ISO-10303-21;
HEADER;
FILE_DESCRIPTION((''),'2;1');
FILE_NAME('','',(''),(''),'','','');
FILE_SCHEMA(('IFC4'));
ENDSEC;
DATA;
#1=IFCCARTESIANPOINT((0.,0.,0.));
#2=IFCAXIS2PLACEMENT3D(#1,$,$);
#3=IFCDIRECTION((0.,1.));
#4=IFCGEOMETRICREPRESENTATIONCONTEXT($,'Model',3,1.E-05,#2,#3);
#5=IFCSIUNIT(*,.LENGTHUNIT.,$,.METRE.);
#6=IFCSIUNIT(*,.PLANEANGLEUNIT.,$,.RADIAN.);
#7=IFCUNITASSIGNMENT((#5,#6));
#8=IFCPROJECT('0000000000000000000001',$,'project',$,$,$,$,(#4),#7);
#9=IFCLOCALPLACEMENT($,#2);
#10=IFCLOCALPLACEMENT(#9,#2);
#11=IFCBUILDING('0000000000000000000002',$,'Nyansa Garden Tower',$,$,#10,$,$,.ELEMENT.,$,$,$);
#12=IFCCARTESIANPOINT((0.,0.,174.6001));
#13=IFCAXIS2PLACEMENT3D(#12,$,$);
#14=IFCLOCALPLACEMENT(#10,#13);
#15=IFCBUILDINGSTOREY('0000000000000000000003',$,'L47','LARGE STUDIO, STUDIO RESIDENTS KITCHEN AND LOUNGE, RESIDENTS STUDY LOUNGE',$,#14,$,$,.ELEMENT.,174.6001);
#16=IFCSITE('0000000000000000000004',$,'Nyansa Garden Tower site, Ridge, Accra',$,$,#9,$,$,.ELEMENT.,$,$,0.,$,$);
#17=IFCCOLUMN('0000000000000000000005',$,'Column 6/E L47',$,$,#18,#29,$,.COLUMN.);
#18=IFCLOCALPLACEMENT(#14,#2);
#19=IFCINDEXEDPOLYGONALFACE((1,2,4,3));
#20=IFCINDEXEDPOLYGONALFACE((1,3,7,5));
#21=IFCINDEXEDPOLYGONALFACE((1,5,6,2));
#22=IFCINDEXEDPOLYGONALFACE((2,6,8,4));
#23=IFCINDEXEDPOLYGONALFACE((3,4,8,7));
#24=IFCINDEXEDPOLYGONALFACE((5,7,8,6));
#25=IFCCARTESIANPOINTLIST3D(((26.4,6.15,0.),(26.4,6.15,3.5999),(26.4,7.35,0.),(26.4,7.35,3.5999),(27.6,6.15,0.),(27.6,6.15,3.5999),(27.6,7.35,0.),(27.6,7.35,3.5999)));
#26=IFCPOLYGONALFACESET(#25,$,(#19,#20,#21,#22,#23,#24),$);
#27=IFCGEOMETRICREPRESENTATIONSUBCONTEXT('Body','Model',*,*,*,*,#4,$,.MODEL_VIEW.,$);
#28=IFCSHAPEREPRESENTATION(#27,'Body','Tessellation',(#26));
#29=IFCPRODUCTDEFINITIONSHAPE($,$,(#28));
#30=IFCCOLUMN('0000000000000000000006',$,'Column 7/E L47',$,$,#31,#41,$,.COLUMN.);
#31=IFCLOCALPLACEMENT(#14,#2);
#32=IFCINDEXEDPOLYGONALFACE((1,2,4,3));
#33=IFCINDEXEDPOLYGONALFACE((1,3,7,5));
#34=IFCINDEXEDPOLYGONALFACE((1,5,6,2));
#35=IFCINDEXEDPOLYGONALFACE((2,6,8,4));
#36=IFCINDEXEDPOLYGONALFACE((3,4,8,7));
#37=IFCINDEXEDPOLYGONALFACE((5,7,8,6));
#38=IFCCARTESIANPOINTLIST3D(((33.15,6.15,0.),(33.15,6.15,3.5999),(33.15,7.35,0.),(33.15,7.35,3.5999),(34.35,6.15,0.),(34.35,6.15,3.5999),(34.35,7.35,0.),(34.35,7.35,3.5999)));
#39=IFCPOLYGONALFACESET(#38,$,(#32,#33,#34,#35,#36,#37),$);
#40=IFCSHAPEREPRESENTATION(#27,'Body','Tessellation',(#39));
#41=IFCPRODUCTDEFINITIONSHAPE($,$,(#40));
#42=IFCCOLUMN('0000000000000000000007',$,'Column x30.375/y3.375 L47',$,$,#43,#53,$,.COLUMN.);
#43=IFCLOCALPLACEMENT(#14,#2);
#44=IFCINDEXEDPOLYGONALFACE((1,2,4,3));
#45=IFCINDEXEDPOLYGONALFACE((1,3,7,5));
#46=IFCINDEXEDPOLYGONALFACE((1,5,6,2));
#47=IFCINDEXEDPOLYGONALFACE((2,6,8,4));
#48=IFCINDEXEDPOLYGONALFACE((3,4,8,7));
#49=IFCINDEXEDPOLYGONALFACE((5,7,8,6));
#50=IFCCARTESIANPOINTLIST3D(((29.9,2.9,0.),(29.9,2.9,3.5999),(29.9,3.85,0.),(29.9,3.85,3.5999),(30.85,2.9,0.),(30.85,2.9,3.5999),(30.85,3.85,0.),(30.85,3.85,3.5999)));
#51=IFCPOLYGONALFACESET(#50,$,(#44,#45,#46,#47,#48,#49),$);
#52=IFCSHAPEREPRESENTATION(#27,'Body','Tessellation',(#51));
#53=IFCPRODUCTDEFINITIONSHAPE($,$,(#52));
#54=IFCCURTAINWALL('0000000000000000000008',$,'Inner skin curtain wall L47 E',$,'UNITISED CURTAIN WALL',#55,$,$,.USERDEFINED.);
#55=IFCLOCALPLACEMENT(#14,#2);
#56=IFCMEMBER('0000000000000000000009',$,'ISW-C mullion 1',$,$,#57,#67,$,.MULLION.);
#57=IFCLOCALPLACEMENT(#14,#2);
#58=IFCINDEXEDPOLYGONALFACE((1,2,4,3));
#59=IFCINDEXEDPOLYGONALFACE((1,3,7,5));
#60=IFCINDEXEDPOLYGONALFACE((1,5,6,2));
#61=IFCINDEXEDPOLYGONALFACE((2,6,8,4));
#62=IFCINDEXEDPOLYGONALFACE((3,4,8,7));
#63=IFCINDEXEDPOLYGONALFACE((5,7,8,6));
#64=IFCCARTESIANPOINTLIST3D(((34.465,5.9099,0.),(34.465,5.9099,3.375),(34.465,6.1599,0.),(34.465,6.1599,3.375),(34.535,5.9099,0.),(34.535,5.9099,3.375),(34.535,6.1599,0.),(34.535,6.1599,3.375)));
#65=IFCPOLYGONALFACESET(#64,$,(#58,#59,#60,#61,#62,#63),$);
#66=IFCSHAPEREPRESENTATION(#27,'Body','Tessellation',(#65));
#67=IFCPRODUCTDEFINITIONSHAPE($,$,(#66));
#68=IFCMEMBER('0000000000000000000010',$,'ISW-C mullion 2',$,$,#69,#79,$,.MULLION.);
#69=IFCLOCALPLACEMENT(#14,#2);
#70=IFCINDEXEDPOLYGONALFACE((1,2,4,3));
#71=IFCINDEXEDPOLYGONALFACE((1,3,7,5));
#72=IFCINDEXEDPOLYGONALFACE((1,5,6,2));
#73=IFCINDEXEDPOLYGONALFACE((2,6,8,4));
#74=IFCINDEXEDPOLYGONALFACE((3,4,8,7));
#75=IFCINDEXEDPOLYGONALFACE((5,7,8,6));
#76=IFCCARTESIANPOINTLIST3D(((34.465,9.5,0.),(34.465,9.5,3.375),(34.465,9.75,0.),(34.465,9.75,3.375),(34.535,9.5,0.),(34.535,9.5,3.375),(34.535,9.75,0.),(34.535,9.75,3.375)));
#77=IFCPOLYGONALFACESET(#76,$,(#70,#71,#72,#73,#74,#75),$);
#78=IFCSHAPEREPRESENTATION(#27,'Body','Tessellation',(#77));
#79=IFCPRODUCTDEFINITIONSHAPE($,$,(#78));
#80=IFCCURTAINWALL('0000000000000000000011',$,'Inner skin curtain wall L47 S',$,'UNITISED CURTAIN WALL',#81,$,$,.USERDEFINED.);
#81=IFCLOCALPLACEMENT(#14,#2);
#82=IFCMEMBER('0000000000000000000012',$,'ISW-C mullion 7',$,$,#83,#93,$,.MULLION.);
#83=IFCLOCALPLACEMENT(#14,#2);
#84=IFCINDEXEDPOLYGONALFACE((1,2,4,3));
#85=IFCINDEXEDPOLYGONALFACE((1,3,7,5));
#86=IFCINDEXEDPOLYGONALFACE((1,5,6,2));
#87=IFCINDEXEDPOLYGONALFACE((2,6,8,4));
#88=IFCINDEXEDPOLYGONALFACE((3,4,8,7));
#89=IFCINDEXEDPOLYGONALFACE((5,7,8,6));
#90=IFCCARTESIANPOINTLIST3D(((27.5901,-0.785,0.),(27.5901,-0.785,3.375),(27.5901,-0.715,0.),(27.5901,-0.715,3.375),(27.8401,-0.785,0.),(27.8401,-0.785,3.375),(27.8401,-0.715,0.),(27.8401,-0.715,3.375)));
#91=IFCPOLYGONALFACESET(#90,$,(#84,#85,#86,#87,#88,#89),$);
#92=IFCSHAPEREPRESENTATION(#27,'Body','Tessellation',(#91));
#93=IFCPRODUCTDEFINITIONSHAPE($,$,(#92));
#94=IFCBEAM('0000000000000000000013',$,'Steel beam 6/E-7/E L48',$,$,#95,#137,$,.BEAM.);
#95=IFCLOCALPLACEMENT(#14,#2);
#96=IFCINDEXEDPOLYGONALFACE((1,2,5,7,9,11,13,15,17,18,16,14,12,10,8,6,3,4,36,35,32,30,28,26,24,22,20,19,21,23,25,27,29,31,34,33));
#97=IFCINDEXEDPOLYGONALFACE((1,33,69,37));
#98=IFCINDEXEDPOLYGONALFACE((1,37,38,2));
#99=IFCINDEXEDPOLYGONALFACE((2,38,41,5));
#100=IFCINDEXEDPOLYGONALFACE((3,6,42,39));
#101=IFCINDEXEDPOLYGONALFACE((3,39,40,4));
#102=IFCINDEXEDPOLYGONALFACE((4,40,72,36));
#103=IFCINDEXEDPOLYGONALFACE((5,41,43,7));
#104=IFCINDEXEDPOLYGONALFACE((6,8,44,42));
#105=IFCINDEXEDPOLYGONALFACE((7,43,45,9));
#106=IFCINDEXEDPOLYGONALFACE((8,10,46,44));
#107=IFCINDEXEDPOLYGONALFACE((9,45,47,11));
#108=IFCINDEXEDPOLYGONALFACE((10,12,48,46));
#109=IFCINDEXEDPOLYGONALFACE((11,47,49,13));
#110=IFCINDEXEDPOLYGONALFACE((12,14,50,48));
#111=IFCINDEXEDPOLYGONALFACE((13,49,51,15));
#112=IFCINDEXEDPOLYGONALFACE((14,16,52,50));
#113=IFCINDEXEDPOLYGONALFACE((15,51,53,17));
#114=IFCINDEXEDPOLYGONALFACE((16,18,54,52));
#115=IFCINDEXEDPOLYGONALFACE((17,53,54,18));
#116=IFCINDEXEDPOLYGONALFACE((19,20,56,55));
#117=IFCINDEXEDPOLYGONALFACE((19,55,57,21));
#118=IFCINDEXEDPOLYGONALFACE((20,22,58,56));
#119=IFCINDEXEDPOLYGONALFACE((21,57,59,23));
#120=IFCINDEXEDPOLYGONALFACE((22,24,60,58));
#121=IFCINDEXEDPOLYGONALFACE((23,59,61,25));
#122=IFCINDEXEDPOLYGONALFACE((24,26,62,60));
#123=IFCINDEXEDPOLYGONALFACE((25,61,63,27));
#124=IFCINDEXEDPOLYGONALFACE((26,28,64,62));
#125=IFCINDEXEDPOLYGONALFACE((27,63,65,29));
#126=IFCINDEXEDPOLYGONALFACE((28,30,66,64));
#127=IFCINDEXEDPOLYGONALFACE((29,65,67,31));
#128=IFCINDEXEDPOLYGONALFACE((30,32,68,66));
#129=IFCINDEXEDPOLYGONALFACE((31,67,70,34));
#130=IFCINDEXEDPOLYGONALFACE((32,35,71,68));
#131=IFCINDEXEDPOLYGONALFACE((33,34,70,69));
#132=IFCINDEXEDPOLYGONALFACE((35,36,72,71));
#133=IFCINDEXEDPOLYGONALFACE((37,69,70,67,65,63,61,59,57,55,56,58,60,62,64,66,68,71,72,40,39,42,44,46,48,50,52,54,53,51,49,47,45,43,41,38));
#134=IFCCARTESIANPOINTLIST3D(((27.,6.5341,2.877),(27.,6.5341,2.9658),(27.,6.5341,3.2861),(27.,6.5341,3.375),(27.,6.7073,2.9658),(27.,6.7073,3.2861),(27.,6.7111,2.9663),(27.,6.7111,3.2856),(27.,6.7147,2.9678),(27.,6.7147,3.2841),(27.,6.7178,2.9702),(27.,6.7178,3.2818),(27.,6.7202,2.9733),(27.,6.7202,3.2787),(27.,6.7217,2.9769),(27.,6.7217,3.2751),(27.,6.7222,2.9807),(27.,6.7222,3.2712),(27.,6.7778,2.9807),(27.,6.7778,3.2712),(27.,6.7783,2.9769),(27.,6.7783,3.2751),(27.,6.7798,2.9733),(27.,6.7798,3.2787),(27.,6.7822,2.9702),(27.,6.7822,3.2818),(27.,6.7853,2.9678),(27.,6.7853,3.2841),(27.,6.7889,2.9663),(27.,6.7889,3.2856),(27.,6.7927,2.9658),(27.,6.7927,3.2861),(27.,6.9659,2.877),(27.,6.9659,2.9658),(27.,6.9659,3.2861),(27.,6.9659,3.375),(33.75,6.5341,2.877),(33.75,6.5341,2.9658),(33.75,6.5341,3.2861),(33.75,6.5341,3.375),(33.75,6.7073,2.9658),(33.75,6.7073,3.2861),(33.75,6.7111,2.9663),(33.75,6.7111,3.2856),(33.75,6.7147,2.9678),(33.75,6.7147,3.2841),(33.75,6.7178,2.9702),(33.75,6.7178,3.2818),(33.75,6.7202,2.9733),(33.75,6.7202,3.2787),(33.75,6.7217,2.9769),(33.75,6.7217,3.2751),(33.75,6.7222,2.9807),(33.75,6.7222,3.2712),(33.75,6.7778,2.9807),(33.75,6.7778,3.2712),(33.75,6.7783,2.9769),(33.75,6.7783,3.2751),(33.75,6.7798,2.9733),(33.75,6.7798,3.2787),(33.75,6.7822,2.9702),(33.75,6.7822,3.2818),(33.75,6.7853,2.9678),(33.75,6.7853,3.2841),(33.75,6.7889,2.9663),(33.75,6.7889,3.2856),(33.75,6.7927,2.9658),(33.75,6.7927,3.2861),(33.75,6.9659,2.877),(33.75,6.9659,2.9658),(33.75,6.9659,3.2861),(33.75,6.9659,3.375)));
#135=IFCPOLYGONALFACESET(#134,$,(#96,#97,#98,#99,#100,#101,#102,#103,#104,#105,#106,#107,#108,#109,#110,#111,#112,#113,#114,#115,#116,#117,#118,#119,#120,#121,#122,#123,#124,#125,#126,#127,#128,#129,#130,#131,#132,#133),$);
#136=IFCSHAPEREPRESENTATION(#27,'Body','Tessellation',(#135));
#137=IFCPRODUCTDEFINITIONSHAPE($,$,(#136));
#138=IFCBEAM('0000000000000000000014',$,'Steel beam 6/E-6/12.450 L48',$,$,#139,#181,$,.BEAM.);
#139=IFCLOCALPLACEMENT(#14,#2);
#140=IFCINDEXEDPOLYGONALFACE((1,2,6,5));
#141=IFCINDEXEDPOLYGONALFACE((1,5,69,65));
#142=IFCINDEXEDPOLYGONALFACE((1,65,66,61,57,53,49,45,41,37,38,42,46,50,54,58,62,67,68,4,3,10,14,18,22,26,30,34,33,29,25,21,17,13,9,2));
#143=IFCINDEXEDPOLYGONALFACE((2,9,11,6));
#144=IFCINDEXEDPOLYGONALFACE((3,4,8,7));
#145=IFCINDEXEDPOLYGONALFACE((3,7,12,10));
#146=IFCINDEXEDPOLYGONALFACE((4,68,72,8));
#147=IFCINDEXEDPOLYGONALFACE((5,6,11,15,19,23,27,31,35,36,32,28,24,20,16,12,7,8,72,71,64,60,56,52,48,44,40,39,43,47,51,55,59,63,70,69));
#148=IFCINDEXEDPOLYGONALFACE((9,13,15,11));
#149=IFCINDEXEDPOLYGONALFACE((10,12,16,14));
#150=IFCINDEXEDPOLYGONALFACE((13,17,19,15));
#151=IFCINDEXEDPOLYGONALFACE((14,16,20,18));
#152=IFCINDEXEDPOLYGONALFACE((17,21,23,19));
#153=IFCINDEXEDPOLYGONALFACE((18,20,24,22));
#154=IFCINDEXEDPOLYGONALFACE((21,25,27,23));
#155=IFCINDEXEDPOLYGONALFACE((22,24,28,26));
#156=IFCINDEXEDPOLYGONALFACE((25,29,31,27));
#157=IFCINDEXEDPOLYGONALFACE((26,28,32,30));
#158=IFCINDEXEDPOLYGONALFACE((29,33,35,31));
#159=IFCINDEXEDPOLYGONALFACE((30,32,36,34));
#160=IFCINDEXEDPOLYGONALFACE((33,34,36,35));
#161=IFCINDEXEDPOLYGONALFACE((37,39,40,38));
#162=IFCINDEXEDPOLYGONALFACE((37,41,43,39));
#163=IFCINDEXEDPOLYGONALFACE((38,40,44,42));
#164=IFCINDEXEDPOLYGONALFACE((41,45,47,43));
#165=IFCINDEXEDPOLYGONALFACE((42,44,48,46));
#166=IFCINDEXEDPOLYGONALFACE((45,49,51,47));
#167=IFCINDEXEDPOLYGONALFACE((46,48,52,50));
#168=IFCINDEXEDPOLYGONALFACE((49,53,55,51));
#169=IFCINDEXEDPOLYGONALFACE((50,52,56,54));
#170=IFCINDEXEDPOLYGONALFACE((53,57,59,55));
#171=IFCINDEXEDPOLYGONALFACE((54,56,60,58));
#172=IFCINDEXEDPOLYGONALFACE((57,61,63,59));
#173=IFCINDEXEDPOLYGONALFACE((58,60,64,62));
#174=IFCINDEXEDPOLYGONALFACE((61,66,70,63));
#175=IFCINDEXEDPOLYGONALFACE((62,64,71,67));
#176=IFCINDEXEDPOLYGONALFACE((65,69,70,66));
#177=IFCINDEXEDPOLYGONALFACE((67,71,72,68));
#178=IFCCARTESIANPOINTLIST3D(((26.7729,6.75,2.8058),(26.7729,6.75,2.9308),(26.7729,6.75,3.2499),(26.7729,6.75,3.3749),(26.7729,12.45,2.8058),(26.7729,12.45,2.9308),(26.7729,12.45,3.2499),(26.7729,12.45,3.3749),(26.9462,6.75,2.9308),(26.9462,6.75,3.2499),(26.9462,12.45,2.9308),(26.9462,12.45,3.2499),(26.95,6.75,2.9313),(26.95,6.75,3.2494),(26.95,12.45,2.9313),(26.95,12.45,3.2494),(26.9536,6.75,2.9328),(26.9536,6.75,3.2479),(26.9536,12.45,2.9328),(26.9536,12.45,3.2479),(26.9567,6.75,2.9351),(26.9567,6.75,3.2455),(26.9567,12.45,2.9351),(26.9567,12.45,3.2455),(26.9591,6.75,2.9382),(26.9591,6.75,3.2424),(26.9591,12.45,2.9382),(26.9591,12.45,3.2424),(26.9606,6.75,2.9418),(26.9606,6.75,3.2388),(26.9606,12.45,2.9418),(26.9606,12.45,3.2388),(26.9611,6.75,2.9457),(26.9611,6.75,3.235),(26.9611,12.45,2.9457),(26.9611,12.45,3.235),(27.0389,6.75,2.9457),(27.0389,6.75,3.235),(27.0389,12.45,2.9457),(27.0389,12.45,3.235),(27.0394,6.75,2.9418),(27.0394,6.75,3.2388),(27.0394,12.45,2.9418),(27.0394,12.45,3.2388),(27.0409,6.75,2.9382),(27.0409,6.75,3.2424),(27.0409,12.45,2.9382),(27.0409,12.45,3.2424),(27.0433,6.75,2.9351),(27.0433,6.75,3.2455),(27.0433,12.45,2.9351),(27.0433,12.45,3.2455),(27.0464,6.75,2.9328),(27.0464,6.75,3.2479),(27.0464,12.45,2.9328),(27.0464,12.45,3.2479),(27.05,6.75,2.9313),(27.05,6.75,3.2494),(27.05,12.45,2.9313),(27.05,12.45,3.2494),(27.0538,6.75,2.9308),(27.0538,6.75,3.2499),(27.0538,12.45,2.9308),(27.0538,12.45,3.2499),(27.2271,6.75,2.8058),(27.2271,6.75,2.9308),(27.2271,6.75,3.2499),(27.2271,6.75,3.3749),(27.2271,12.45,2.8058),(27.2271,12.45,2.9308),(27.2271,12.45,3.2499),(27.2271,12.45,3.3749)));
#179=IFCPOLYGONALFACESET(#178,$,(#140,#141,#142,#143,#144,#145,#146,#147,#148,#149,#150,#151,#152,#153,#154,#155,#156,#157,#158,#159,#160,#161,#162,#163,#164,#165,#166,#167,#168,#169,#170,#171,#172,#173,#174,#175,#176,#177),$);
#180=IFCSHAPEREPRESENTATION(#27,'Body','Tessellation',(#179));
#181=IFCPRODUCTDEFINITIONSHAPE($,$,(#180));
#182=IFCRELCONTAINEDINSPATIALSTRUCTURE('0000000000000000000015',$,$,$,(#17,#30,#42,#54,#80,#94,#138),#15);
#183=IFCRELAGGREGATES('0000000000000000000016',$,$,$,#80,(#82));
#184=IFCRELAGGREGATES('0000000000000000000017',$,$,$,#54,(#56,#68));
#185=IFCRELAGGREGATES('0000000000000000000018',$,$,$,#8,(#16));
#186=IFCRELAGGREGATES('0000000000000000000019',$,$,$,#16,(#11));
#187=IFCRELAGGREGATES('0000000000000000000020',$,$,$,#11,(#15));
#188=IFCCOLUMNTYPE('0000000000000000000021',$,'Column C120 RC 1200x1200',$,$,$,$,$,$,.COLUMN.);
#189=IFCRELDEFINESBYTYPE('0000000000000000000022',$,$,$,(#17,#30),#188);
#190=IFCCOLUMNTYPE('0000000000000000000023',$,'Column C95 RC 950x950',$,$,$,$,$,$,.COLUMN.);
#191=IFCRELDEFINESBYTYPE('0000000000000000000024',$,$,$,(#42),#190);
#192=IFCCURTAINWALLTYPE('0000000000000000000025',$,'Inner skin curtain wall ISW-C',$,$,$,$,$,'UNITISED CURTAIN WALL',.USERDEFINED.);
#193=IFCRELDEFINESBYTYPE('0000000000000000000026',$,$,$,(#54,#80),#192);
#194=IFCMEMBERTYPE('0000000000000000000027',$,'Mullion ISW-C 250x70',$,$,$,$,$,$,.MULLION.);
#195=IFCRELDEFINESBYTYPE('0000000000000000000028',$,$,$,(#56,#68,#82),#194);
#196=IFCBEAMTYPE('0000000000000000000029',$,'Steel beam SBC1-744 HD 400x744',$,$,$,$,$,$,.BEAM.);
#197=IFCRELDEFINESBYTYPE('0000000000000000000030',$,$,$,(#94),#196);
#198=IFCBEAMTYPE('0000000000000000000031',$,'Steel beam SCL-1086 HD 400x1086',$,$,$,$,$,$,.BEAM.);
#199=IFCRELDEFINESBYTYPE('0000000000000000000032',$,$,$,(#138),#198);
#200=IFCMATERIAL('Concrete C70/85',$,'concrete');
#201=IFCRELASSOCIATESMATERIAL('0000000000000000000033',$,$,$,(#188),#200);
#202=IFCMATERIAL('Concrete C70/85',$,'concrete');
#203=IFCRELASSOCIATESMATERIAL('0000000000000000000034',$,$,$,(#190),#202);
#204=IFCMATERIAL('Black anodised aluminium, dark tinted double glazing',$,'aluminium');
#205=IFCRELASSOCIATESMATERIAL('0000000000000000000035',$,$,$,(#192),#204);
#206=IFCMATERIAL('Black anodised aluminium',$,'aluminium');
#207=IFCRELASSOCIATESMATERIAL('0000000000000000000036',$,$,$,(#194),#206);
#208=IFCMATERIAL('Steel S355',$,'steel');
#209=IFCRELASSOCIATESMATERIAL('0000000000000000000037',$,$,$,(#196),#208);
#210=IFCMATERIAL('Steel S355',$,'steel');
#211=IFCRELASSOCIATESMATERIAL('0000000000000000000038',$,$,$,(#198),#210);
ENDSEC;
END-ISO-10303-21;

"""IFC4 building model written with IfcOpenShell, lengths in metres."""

from ifc_helpers import new_model, si_unit, direction, frame, origin, origin_2d, place, context, subcontext, project, spatial, rectangle, i_section, extrude, material, material_profile, profile_set, type_object, element, aggregate, save


model = new_model("IFC4")

# Units and contexts
model_context = context("Model", 3, precision=1e-05, world=origin(), true_north=direction((0.0, 1.0)))
body_context = subcontext(model_context, "Body", "Model", "MODEL_VIEW")
ifc_project = project(units=[si_unit("LENGTHUNIT", "METRE"), si_unit("PLANEANGLEUNIT", "RADIAN")], contexts=[model_context])

# Site, building, storey
site_placement = place(None, origin())
site = spatial("IfcSite", under=ifc_project, at=site_placement, Name="Nyansa Garden Tower site, Ridge, Accra", CompositionType="ELEMENT", RefElevation=0.0)
building_placement = place(site_placement, origin())
building = spatial("IfcBuilding", under=site, at=building_placement, Name="Nyansa Garden Tower", CompositionType="ELEMENT")
storey_placement = place(building_placement, frame((0.0, 0.0, 174.6001)))
storey = spatial("IfcBuildingStorey", under=building, at=storey_placement, Name="L47", Description="LARGE STUDIO, STUDIO RESIDENTS KITCHEN AND LOUNGE, RESIDENTS STUDY LOUNGE", CompositionType="ELEMENT", Elevation=174.6001)

# Columns
ifc_material_1 = material(Name="Concrete C70/85", Category="concrete")
ifc_material_profile_1 = material_profile(ifc_material_1, rectangle(XDim=1.2, YDim=1.2, at=origin_2d()), Name="RC 1200x1200")
ifc_profile_set_1 = profile_set([ifc_material_profile_1], Name="Concrete C70/85")
column_type_1 = type_object("IfcColumnType", Name="Column C120 RC 1200x1200", PredefinedType="COLUMN", material=ifc_profile_set_1)
for number, where, z_axis, x_axis, name in (
    (1, (27.0, 6.75, 0.0), (0.0, 0.0, 1.0), (1.0, 0.0, 0.0), "Column 6/E L47"),
    (2, (33.75, 6.75, 0.0), (0.0, 0.0, 1.0), (1.0, 0.0, 0.0), "Column 7/E L47"),
):
    element("IfcColumn", number, at=place(storey_placement, frame(where, z_axis=z_axis, x_axis=x_axis)), inside=storey, type_object=column_type_1, Name=name, PredefinedType="COLUMN", context=body_context, shape_type="SweptSolid", body=[
        extrude(rectangle(XDim=1.2, YDim=1.2, at=origin_2d()), origin(), (0.0, 0.0, 1.0), 3.5999),
    ])
ifc_material_2 = material(Name="Concrete C70/85", Category="concrete")
ifc_material_profile_2 = material_profile(ifc_material_2, rectangle(XDim=0.95, YDim=0.95, at=origin_2d()), Name="RC 950x950")
ifc_profile_set_2 = profile_set([ifc_material_profile_2], Name="Concrete C70/85")
column_type_2 = type_object("IfcColumnType", Name="Column C95 RC 950x950", PredefinedType="COLUMN", material=ifc_profile_set_2)
column_placement = place(storey_placement, frame((30.375, 3.375, 0.0), z_axis=(0.0, 0.0, 1.0), x_axis=(1.0, 0.0, 0.0)))
element("IfcColumn", 3, at=column_placement, inside=storey, type_object=column_type_2, Name="Column x30.375/y3.375 L47", PredefinedType="COLUMN", context=body_context, shape_type="SweptSolid", body=[
    extrude(rectangle(XDim=0.95, YDim=0.95, at=origin_2d()), origin(), (0.0, 0.0, 1.0), 3.5999),
])

# Curtain wall, members
ifc_material_3 = material(Name="Black anodised aluminium, dark tinted double glazing", Category="aluminium")
curtain_wall_type = type_object("IfcCurtainWallType", Name="Inner skin curtain wall ISW-C", ElementType="UNITISED CURTAIN WALL", PredefinedType="USERDEFINED", material=ifc_material_3)
curtain_wall_1_placement = place(storey_placement, origin())
curtain_wall_1 = element("IfcCurtainWall", 4, at=curtain_wall_1_placement, inside=storey, type_object=curtain_wall_type, Name="Inner skin curtain wall L47 E", ObjectType="UNITISED CURTAIN WALL", PredefinedType="USERDEFINED")
ifc_material_4 = material(Name="Black anodised aluminium", Category="aluminium")
ifc_material_profile_3 = material_profile(ifc_material_4, rectangle(XDim=0.0701, YDim=0.25, at=origin_2d()), Name="Mullion 250x70")
ifc_profile_set_3 = profile_set([ifc_material_profile_3], Name="Black anodised aluminium")
member_type_1 = type_object("IfcMemberType", Name="Mullion ISW-C 250x70", PredefinedType="MULLION", material=ifc_profile_set_3)
member_1_placement = place(storey_placement, frame((34.5, 6.0349, 0.0), z_axis=(0.0, 0.0, 1.0), x_axis=(-1.0, 0.0, 0.0)))
member_1 = element("IfcMember", 5, at=member_1_placement, type_object=member_type_1, Name="ISW-C mullion 1", PredefinedType="MULLION", context=body_context, shape_type="SweptSolid", body=[
    extrude(rectangle(XDim=0.0701, YDim=0.25, at=origin_2d()), origin(), (0.0, 0.0, 1.0), 3.375),
])
member_2_placement = place(storey_placement, frame((34.5, 9.625, 0.0), z_axis=(0.0, 0.0, 1.0), x_axis=(-1.0, 0.0, 0.0)))
member_2 = element("IfcMember", 6, at=member_2_placement, type_object=member_type_1, Name="ISW-C mullion 2", PredefinedType="MULLION", context=body_context, shape_type="SweptSolid", body=[
    extrude(rectangle(XDim=0.0701, YDim=0.25, at=origin_2d()), origin(), (0.0, 0.0, 1.0), 3.375),
])

# Curtain wall, member
curtain_wall_2_placement = place(storey_placement, origin())
curtain_wall_2 = element("IfcCurtainWall", 7, at=curtain_wall_2_placement, inside=storey, type_object=curtain_wall_type, Name="Inner skin curtain wall L47 S", ObjectType="UNITISED CURTAIN WALL", PredefinedType="USERDEFINED")
member_3_placement = place(storey_placement, frame((27.7151, -0.75, 0.0), z_axis=(0.0, 0.0, 1.0), x_axis=(0.0, 1.0, 0.0)))
member_3 = element("IfcMember", 8, at=member_3_placement, type_object=member_type_1, Name="ISW-C mullion 7", PredefinedType="MULLION", context=body_context, shape_type="SweptSolid", body=[
    extrude(rectangle(XDim=0.0701, YDim=0.25, at=origin_2d()), origin(), (0.0, 0.0, 1.0), 3.375),
])
aggregate(curtain_wall_2, [member_3])

# Beams
ifc_material_5 = material(Name="Steel S355", Category="steel")
ifc_material_profile_4 = material_profile(ifc_material_5, i_section(OverallWidth=0.4319, OverallDepth=0.498, WebThickness=0.0557, FlangeThickness=0.0889, FilletRadius=0.0149, at=origin_2d()), Name="HD 400x744")
ifc_profile_set_4 = profile_set([ifc_material_profile_4], Name="Steel S355")
beam_type_1 = type_object("IfcBeamType", Name="Steel beam SBC1-744 HD 400x744", PredefinedType="BEAM", material=ifc_profile_set_4)
beam_1_placement = place(storey_placement, frame((27.0, 6.75, 3.126), z_axis=(1.0, 0.0, 0.0), x_axis=(0.0, 1.0, 0.0)))
element("IfcBeam", 9, at=beam_1_placement, inside=storey, type_object=beam_type_1, Name="Steel beam 6/E-7/E L48", PredefinedType="BEAM", context=body_context, shape_type="SweptSolid", body=[
    extrude(i_section(OverallWidth=0.4319, OverallDepth=0.498, WebThickness=0.0557, FlangeThickness=0.0889, FilletRadius=0.0149, at=origin_2d()), origin(), (0.0, 0.0, 1.0), 6.75),
])
ifc_material_6 = material(Name="Steel S355", Category="steel")
ifc_material_profile_5 = material_profile(ifc_material_6, i_section(OverallWidth=0.4541, OverallDepth=0.5691, WebThickness=0.0779, FlangeThickness=0.125, FilletRadius=0.0149, at=origin_2d()), Name="HD 400x1086")
ifc_profile_set_5 = profile_set([ifc_material_profile_5], Name="Steel S355")
beam_type_2 = type_object("IfcBeamType", Name="Steel beam SCL-1086 HD 400x1086", PredefinedType="BEAM", material=ifc_profile_set_5)
beam_2_placement = place(storey_placement, frame((27.0, 6.75, 3.0903), z_axis=(0.0, 1.0, 0.0), x_axis=(-1.0, 0.0, 0.0)))
element("IfcBeam", 10, at=beam_2_placement, inside=storey, type_object=beam_type_2, Name="Steel beam 6/E-6/12.450 L48", PredefinedType="BEAM", context=body_context, shape_type="SweptSolid", body=[
    extrude(i_section(OverallWidth=0.4541, OverallDepth=0.5691, WebThickness=0.0779, FlangeThickness=0.125, FilletRadius=0.0149, at=origin_2d()), origin(), (0.0, 0.0, 1.0), 5.7),
])

aggregate(curtain_wall_1, [member_1, member_2])

save(model, "model.ifc")
